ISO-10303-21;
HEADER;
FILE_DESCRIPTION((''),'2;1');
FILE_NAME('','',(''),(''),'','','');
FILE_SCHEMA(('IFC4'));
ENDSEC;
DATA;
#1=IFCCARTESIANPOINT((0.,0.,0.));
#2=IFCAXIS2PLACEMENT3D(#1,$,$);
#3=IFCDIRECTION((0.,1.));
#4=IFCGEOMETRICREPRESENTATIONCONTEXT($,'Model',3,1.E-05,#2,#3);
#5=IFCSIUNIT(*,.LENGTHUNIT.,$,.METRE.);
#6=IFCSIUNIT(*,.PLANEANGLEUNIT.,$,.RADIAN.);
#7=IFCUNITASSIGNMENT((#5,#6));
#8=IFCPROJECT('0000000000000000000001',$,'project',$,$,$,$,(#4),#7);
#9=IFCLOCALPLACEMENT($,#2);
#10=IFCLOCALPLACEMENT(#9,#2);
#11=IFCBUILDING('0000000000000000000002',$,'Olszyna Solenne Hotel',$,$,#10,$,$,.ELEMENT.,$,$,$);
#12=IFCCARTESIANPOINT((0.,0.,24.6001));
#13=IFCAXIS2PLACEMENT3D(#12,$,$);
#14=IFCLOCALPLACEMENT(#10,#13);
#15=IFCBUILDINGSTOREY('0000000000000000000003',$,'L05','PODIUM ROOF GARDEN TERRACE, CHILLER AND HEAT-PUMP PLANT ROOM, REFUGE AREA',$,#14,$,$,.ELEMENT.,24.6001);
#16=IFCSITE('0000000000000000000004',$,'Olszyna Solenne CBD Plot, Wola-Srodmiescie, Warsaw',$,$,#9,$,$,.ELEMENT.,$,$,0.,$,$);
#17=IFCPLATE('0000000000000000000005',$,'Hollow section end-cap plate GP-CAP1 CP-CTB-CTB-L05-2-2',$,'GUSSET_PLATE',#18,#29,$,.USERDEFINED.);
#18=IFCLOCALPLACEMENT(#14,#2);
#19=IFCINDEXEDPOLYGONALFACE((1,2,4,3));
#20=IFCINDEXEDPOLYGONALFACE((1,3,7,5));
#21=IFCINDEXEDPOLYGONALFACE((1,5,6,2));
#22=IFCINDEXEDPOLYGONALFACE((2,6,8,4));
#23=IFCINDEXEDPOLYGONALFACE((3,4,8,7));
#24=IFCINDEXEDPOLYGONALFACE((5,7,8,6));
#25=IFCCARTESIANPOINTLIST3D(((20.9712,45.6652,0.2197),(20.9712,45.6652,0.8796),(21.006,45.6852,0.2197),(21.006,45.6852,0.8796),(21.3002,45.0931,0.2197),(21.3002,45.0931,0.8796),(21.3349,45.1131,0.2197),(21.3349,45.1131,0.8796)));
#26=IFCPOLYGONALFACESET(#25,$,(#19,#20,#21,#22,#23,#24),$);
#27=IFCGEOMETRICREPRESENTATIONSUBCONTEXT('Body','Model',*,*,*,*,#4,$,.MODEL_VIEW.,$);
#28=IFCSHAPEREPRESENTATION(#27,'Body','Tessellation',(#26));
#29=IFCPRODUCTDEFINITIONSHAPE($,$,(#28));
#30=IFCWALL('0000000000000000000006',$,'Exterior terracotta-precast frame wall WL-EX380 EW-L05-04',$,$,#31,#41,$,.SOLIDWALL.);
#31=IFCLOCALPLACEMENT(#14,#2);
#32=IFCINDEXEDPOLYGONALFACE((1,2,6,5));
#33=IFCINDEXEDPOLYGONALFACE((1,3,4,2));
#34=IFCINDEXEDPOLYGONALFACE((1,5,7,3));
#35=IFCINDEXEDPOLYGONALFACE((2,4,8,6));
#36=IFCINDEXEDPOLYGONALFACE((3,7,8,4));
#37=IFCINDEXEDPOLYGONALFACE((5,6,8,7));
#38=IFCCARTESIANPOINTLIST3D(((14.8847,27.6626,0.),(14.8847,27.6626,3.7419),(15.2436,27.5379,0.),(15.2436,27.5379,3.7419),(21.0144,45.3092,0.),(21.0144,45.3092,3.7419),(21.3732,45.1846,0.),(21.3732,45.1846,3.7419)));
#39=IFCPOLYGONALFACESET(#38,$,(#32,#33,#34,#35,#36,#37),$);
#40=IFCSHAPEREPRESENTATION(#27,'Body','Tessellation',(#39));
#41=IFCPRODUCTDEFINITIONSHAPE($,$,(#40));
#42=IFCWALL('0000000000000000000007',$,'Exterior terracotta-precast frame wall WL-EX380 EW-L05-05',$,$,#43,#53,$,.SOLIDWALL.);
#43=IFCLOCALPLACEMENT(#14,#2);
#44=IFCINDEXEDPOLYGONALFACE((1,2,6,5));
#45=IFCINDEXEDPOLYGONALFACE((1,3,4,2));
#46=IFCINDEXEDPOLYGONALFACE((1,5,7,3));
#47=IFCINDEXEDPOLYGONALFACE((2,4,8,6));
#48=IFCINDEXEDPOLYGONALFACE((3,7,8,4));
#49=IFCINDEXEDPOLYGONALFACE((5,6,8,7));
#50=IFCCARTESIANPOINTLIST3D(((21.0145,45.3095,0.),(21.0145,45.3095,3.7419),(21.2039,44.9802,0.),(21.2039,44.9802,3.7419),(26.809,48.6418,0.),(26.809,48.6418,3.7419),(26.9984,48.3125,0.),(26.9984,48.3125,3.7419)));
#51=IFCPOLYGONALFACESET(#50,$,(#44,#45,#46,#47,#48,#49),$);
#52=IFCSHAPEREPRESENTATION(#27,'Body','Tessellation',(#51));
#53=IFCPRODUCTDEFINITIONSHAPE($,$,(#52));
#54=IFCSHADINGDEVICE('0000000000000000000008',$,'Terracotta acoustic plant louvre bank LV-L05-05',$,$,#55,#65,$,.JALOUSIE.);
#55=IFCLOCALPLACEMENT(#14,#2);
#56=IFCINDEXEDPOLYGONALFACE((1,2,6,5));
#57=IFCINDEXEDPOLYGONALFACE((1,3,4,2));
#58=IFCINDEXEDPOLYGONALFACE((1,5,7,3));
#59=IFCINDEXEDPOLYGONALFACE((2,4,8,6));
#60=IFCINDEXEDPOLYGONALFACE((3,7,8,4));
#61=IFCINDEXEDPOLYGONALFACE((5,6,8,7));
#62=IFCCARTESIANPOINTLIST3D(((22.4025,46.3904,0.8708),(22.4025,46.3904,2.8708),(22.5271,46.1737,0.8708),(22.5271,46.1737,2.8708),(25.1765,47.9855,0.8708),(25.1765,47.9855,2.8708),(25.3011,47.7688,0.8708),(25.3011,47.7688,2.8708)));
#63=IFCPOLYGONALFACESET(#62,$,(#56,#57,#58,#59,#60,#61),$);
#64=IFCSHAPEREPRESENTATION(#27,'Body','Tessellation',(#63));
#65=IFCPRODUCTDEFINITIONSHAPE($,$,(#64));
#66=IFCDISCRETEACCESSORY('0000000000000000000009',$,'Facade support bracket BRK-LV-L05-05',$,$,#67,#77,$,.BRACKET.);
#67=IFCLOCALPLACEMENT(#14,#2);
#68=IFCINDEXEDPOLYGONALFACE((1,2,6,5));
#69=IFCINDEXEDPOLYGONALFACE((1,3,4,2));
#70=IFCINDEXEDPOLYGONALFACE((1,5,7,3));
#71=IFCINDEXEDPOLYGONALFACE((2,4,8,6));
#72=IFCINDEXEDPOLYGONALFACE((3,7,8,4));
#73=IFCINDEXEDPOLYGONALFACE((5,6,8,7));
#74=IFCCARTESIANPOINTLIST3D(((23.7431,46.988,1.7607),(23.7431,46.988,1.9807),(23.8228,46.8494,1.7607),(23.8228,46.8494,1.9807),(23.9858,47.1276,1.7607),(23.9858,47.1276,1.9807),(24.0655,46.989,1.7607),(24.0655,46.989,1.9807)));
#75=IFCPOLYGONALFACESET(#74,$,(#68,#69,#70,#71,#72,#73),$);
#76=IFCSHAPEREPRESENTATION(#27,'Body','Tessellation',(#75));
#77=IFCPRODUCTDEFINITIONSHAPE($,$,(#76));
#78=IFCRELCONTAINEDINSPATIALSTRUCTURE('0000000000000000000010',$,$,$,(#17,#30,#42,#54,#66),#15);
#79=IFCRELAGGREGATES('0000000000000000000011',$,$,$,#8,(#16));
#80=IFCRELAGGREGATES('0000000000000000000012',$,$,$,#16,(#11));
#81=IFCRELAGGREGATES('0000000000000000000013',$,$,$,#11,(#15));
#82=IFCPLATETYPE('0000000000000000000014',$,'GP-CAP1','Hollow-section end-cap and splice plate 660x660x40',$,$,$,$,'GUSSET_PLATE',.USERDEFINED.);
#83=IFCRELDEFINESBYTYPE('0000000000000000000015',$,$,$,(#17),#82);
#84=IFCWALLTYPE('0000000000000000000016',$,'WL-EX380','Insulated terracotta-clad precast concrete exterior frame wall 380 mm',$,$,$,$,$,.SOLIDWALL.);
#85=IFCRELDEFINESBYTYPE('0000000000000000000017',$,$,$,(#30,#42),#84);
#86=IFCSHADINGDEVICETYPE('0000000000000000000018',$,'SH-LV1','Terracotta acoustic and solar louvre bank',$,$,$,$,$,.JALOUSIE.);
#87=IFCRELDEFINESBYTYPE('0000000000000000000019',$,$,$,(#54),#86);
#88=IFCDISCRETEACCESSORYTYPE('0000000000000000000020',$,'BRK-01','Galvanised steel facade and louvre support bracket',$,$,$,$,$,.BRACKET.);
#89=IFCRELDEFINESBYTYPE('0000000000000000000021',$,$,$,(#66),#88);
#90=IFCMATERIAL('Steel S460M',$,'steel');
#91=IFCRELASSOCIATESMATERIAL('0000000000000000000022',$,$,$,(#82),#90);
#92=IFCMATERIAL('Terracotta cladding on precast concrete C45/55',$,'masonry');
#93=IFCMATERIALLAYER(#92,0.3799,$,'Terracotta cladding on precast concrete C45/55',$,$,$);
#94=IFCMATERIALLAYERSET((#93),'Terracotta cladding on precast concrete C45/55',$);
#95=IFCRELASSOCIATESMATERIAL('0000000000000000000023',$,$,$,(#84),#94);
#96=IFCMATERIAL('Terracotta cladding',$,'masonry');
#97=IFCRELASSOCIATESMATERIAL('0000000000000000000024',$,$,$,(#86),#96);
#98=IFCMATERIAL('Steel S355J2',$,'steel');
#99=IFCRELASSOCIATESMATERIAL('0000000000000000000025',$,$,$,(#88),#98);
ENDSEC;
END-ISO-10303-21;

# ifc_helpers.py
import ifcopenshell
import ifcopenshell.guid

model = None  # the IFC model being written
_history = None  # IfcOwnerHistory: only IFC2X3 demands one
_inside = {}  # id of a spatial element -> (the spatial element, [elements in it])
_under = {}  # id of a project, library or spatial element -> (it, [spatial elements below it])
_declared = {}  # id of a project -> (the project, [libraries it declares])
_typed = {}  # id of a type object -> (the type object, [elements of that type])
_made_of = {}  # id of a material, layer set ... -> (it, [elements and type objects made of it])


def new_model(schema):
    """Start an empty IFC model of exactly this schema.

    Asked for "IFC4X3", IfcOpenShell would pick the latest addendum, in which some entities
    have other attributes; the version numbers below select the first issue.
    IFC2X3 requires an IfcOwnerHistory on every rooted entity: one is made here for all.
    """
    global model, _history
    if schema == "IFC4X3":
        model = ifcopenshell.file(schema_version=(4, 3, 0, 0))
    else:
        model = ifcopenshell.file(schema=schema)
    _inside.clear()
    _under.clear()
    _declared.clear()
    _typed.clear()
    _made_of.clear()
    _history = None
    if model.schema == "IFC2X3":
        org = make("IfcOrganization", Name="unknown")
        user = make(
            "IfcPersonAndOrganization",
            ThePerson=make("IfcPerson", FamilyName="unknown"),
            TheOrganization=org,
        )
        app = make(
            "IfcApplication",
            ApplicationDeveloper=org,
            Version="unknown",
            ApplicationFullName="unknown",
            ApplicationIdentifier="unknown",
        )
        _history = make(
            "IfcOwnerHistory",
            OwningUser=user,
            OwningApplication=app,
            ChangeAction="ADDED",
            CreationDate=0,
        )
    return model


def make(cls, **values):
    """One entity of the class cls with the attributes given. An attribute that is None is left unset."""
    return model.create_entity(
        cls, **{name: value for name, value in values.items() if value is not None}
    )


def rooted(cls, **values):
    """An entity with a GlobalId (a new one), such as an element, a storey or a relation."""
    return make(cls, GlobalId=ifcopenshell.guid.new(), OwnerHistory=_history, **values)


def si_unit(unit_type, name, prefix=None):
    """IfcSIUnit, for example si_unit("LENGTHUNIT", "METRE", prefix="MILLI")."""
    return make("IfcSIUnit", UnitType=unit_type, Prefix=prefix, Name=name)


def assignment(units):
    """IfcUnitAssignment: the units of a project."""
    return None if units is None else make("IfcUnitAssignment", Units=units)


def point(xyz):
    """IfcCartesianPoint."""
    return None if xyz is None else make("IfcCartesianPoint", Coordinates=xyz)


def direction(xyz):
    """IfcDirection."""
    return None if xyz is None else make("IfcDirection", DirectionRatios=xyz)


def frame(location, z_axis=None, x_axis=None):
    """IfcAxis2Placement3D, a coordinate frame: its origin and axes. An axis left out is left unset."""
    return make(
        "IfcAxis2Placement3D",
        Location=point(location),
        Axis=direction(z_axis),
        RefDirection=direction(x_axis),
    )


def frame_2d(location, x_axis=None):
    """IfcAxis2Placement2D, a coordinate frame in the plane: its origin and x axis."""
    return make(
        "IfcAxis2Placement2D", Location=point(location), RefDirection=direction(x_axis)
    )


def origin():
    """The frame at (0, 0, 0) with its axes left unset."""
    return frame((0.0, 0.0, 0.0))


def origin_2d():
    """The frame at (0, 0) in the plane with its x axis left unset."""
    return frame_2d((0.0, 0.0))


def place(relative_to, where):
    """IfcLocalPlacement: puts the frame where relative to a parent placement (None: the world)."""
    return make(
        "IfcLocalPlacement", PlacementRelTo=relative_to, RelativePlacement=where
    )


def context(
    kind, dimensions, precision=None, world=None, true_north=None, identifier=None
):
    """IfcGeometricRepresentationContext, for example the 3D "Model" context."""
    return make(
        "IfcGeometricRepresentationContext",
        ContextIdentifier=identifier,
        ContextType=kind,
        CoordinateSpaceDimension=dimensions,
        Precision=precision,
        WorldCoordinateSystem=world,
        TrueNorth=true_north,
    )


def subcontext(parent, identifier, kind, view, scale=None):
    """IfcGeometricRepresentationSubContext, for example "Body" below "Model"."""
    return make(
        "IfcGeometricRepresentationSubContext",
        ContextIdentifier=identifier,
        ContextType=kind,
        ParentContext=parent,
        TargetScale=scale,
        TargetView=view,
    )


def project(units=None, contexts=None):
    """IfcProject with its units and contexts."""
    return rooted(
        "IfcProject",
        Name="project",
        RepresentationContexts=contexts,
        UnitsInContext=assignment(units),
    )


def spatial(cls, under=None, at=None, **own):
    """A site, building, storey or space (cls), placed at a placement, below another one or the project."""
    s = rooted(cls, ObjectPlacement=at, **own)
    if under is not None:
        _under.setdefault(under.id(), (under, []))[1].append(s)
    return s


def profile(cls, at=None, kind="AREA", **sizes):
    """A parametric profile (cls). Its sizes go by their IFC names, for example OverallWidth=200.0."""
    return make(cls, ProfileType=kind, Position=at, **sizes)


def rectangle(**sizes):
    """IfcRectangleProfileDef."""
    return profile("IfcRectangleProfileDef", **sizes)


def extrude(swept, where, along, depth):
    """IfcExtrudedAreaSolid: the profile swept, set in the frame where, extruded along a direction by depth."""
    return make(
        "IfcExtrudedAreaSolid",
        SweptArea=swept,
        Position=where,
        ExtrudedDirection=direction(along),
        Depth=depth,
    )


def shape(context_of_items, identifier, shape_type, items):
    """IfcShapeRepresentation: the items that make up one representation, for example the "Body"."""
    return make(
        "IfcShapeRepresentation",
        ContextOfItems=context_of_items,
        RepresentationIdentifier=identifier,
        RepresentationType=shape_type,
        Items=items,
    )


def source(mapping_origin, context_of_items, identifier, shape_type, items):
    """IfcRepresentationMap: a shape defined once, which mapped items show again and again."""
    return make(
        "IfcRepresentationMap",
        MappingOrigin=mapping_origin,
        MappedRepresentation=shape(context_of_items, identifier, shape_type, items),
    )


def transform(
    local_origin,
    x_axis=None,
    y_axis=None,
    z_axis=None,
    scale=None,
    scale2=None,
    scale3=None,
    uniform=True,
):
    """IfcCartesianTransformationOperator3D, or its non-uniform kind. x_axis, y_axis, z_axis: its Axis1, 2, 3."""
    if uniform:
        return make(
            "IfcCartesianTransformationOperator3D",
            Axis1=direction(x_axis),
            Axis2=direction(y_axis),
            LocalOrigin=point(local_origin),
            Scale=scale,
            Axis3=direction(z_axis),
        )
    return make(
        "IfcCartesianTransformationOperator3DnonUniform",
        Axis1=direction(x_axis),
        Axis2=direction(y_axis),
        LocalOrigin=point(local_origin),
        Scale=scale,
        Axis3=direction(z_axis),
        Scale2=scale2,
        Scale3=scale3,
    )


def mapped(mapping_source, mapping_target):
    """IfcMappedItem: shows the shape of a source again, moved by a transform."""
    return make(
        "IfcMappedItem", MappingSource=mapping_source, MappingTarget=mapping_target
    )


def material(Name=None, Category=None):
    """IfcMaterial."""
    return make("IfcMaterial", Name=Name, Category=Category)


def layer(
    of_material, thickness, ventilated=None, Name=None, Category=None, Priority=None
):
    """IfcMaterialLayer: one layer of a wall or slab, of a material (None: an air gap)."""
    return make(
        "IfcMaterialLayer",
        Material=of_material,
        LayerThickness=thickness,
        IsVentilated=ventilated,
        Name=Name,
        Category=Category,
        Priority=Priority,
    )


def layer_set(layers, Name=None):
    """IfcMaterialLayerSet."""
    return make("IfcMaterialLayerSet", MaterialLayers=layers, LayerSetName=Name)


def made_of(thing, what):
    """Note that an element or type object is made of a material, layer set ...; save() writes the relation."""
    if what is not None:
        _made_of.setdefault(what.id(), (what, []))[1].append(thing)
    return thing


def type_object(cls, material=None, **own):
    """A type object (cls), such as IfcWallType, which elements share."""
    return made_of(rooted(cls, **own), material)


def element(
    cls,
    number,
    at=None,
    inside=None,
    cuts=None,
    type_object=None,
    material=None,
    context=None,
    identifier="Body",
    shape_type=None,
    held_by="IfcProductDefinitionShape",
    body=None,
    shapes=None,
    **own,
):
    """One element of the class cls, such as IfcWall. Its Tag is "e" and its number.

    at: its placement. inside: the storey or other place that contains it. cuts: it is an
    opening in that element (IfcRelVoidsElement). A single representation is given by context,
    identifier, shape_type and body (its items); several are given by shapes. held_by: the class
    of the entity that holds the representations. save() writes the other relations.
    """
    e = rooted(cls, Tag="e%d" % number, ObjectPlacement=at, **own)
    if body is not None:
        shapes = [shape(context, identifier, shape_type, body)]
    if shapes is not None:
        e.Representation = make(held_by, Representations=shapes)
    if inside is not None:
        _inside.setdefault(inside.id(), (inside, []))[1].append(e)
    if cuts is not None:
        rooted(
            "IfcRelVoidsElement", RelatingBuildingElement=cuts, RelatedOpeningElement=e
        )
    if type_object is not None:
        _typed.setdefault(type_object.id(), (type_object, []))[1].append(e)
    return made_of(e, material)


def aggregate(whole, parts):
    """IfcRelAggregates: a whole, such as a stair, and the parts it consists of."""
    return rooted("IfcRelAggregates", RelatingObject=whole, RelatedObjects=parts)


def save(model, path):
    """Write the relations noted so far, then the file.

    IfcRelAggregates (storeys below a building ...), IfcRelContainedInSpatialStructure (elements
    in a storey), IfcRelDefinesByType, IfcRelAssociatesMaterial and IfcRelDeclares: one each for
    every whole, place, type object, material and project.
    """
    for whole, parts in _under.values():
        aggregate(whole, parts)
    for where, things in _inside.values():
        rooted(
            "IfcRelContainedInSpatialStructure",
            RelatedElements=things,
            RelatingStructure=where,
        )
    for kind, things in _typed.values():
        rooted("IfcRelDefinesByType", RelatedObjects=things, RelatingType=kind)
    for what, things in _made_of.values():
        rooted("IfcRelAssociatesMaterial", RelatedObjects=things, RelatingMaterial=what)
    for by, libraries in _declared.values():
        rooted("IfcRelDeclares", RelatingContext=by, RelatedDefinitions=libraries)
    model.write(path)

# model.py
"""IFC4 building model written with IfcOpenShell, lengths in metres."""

from ifc_helpers import new_model, si_unit, direction, frame, frame_2d, origin, origin_2d, place, context, subcontext, project, spatial, rectangle, extrude, source, transform, mapped, material, layer, layer_set, type_object, element, save


model = new_model("IFC4")

# Units and contexts
model_context = context("Model", 3, precision=1e-05, world=origin(), true_north=direction((0.0, 1.0)))
body_context = subcontext(model_context, "Body", "Model", "MODEL_VIEW")
ifc_project = project(units=[si_unit("LENGTHUNIT", "METRE"), si_unit("PLANEANGLEUNIT", "RADIAN")], contexts=[model_context])

# Site, building, storey
site_placement = place(None, origin())
site = spatial("IfcSite", under=ifc_project, at=site_placement, Name="Olszyna Solenne CBD Plot, Wola-Srodmiescie, Warsaw", CompositionType="ELEMENT", RefElevation=0.0)
building_placement = place(site_placement, origin())
building = spatial("IfcBuilding", under=site, at=building_placement, Name="Olszyna Solenne Hotel", CompositionType="ELEMENT")
storey_placement = place(building_placement, frame((0.0, 0.0, 24.6001)))
storey = spatial("IfcBuildingStorey", under=building, at=storey_placement, Name="L05", Description="PODIUM ROOF GARDEN TERRACE, CHILLER AND HEAT-PUMP PLANT ROOM, REFUGE AREA", CompositionType="ELEMENT", Elevation=24.6001)

# Shared definitions
ifc_material_1 = material(Name="Steel S355J2", Category="steel")
ifc_material_2 = material(Name="Steel S460M", Category="steel")

# Plate
plate_type_1 = type_object("IfcPlateType", Name="GP-CAP1", Description="Hollow-section end-cap and splice plate 660x660x40", ElementType="GUSSET_PLATE", PredefinedType="USERDEFINED", material=ifc_material_2)
shared_shape_1 = source(origin(), body_context, "Body", "SweptSolid", [
    extrude(rectangle(XDim=0.04, YDim=0.6599, at=origin_2d()), origin(), (0.0, 0.0, 1.0), 0.6599),
])
plate_1_placement = place(storey_placement, frame((21.1531, 45.3892, 0.2197), z_axis=(0.0, 0.0, 1.0), x_axis=(-0.866897, -0.498488, 0.0)))
element("IfcPlate", 1, at=plate_1_placement, inside=storey, type_object=plate_type_1, Name="Hollow section end-cap plate GP-CAP1 CP-CTB-CTB-L05-2-2", ObjectType="GUSSET_PLATE", PredefinedType="USERDEFINED", context=body_context, shape_type="MappedRepresentation", body=[
    mapped(shared_shape_1, transform((0.0, 0.0, 0.0), x_axis=(1.0, 0.0, 0.0), y_axis=(0.0, 1.0, 0.0), z_axis=(0.0, 0.0, 1.0), scale=1.0)),
])

# Walls
ifc_material_3 = material(Name="Terracotta cladding on precast concrete C45/55", Category="masonry")
ifc_layer = layer(ifc_material_3, 0.3799, Name="Terracotta cladding on precast concrete C45/55")
ifc_layer_set = layer_set([ifc_layer], Name="Terracotta cladding on precast concrete C45/55")
wall_type = type_object("IfcWallType", Name="WL-EX380", Description="Insulated terracotta-clad precast concrete exterior frame wall 380 mm", PredefinedType="SOLIDWALL", material=ifc_layer_set)
wall_1_placement = place(storey_placement, frame((15.0642, 27.6003, 0.0), z_axis=(0.0, 0.0, 1.0), x_axis=(0.328122, 0.944635, 0.0)))
element("IfcWall", 2, at=wall_1_placement, inside=storey, type_object=wall_type, Name="Exterior terracotta-precast frame wall WL-EX380 EW-L05-04", PredefinedType="SOLIDWALL", context=body_context, shape_type="SweptSolid", body=[
    extrude(rectangle(XDim=18.6809, YDim=0.3799, at=frame_2d((9.3403, 0.0))), origin(), (0.0, 0.0, 1.0), 3.7419),
])
wall_2_placement = place(storey_placement, frame((21.1091, 45.1448, 0.0), z_axis=(0.0, 0.0, 1.0), x_axis=(0.866876, 0.498525, 0.0)))
element("IfcWall", 3, at=wall_2_placement, inside=storey, type_object=wall_type, Name="Exterior terracotta-precast frame wall WL-EX380 EW-L05-05", PredefinedType="SOLIDWALL", context=body_context, shape_type="SweptSolid", body=[
    extrude(rectangle(XDim=6.6843, YDim=0.3799, at=frame_2d((3.3423, 0.0))), origin(), (0.0, 0.0, 1.0), 3.7419),
])

# Shading device
ifc_material_4 = material(Name="Terracotta cladding", Category="masonry")
shading_device_type = type_object("IfcShadingDeviceType", Name="SH-LV1", Description="Terracotta acoustic and solar louvre bank", PredefinedType="JALOUSIE", material=ifc_material_4)
shared_shape_2 = source(origin(), body_context, "Body", "SweptSolid", [
    extrude(rectangle(XDim=3.2, YDim=0.25, at=origin_2d()), origin(), (0.0, 0.0, 1.0), 2.0),
])
shading_device_placement = place(storey_placement, frame((23.8518, 47.0796, 0.8708), z_axis=(0.0, 0.0, 1.0), x_axis=(0.866897, 0.498488, 0.0)))
element("IfcShadingDevice", 4, at=shading_device_placement, inside=storey, type_object=shading_device_type, Name="Terracotta acoustic plant louvre bank LV-L05-05", PredefinedType="JALOUSIE", context=body_context, shape_type="MappedRepresentation", body=[
    mapped(shared_shape_2, transform((0.0, 0.0, 0.0), x_axis=(1.0, 0.0, 0.0), y_axis=(0.0, 1.0, 0.0), z_axis=(0.0, 0.0, 1.0), scale=1.0)),
])

# Discrete accessory
discrete_accessory_type = type_object("IfcDiscreteAccessoryType", Name="BRK-01", Description="Galvanised steel facade and louvre support bracket", PredefinedType="BRACKET", material=ifc_material_1)
shared_shape_3 = source(origin(), body_context, "Body", "SweptSolid", [
    extrude(rectangle(XDim=0.28, YDim=0.1599, at=origin_2d()), origin(), (0.0, 0.0, 1.0), 0.22),
])
discrete_accessory_placement = place(storey_placement, frame((23.9043, 46.9885, 1.7607), z_axis=(0.0, 0.0, 1.0), x_axis=(0.866897, 0.498488, 0.0)))
element("IfcDiscreteAccessory", 5, at=discrete_accessory_placement, inside=storey, type_object=discrete_accessory_type, Name="Facade support bracket BRK-LV-L05-05", PredefinedType="BRACKET", context=body_context, shape_type="MappedRepresentation", body=[
    mapped(shared_shape_3, transform((0.0, 0.0, 0.0), x_axis=(1.0, 0.0, 0.0), y_axis=(0.0, 1.0, 0.0), z_axis=(0.0, 0.0, 1.0), scale=1.0)),
])

save(model, "model.ifc")
